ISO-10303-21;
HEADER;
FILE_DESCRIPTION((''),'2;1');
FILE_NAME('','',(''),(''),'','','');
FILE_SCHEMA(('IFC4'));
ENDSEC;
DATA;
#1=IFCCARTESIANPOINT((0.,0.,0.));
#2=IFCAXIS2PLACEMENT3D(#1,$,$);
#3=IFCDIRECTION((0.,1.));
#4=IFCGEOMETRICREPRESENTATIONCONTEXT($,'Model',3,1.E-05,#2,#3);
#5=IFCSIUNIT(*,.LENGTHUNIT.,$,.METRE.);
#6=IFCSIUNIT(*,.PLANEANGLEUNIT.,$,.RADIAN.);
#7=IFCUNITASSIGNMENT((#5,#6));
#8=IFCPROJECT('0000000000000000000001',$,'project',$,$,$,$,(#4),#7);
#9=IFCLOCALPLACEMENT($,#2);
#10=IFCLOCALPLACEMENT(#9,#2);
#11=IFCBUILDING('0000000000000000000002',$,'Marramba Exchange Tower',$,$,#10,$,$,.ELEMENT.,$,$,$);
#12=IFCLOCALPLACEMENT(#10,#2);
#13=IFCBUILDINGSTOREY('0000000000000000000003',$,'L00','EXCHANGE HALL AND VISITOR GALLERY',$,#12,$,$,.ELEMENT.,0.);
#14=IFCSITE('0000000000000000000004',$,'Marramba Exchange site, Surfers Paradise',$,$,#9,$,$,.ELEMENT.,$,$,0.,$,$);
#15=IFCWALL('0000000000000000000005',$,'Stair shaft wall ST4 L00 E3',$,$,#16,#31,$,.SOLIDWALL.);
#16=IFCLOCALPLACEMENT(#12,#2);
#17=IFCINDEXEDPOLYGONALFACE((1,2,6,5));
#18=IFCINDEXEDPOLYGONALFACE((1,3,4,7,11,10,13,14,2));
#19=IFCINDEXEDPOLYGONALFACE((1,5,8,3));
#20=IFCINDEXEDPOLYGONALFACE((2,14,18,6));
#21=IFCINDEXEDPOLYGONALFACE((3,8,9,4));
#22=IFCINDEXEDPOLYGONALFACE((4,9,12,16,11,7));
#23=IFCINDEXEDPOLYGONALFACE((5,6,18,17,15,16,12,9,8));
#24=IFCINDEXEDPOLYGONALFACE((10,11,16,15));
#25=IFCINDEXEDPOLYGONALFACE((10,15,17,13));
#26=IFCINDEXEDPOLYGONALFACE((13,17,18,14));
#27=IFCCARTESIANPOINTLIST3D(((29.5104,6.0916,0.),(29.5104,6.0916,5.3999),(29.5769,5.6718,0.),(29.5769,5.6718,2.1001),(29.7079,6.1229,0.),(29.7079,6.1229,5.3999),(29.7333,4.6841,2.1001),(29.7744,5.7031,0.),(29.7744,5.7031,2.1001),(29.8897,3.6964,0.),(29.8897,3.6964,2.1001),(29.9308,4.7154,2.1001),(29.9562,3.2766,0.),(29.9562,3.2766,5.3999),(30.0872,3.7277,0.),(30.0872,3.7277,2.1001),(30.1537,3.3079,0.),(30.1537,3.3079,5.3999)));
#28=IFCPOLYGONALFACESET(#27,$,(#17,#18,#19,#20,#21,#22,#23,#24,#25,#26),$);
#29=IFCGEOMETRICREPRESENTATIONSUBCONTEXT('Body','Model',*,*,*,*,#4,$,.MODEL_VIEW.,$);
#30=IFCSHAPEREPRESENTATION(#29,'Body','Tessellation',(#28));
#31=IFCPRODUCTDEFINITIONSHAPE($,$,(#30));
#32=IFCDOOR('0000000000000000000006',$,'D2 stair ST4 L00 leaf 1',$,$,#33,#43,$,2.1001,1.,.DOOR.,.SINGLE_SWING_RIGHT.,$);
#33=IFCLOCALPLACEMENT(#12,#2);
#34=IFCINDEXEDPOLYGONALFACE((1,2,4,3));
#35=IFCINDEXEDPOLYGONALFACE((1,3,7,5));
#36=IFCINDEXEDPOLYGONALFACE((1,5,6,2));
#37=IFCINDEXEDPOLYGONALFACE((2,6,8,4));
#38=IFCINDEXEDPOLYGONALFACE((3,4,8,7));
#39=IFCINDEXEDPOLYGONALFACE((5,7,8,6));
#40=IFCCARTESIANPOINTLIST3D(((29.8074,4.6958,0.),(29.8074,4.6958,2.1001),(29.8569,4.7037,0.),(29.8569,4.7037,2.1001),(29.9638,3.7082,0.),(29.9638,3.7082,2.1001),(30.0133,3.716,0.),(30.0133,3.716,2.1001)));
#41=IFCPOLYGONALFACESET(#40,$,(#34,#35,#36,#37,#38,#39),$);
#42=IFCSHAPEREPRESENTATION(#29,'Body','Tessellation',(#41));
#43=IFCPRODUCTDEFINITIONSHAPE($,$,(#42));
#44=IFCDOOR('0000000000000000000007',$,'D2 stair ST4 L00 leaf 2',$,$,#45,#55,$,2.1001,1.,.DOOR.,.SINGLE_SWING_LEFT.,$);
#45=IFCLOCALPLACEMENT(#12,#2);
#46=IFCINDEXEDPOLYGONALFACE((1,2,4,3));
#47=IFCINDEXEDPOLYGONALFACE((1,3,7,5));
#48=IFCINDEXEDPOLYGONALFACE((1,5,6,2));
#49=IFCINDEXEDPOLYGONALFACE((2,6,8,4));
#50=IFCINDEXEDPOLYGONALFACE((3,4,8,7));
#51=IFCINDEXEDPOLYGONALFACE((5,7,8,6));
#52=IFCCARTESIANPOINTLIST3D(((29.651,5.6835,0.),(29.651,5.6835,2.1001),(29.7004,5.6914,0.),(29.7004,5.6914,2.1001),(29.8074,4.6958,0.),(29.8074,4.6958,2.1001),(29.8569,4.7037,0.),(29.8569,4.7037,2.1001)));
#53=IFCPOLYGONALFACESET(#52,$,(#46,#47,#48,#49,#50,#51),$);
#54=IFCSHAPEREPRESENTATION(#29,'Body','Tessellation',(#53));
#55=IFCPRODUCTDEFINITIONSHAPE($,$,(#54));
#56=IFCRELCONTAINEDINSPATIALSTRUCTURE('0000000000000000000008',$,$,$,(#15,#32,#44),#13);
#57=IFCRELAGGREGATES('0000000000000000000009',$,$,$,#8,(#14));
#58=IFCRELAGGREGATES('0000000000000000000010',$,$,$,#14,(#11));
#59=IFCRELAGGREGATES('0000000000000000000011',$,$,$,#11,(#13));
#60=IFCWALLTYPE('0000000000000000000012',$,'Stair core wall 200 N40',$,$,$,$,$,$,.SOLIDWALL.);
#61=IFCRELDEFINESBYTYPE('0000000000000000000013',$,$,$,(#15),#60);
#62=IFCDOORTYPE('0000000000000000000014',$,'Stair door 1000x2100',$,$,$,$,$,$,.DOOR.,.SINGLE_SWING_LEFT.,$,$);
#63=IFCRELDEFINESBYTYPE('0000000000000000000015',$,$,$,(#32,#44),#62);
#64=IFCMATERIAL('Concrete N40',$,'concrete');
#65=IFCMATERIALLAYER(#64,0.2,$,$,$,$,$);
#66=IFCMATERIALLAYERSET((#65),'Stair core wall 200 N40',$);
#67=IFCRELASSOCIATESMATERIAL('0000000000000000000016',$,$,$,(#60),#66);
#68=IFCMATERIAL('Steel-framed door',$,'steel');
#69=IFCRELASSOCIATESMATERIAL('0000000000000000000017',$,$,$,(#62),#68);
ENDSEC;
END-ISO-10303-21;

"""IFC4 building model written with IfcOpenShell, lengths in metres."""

from ifc_helpers import new_model, si_unit, direction, frame, frame_2d, origin, place, context, subcontext, project, spatial, rectangle, extrude, material, layer, layer_set, type_object, element, fill, save


model = new_model("IFC4")

# Units and contexts
model_context = context("Model", 3, precision=1e-05, world=origin(), true_north=direction((0.0, 1.0)))
body_context = subcontext(model_context, "Body", "Model", "MODEL_VIEW")
ifc_project = project(units=[si_unit("LENGTHUNIT", "METRE"), si_unit("PLANEANGLEUNIT", "RADIAN")], contexts=[model_context])

# Site, building, storey
site_placement = place(None, origin())
site = spatial("IfcSite", under=ifc_project, at=site_placement, Name="Marramba Exchange site, Surfers Paradise", CompositionType="ELEMENT", RefElevation=0.0)
building_placement = place(site_placement, origin())
building = spatial("IfcBuilding", under=site, at=building_placement, Name="Marramba Exchange Tower", CompositionType="ELEMENT")
storey_placement = place(building_placement, origin())
storey = spatial("IfcBuildingStorey", under=building, at=storey_placement, Name="L00", Description="EXCHANGE HALL AND VISITOR GALLERY", CompositionType="ELEMENT", Elevation=0.0)

# Shared definitions
ifc_material_1 = material(Name="Concrete N40", Category="concrete")
ifc_layer_1 = layer(ifc_material_1, 0.2)
ifc_layer_set_1 = layer_set([ifc_layer_1], Name="Stair core wall 200 N40")
wall_type_1 = type_object("IfcWallType", Name="Stair core wall 200 N40", PredefinedType="SOLIDWALL", material=ifc_layer_set_1)

# Wall, openings, doors
wall_1_placement = place(storey_placement, frame((30.0549, 3.2922, 0.0), z_axis=(0.0, 0.0, 1.0), x_axis=(-0.15642, 0.987691, 0.0)))
wall_1 = element("IfcWall", 1, at=wall_1_placement, inside=storey, type_object=wall_type_1, Name="Stair shaft wall ST4 L00 E3", PredefinedType="SOLIDWALL", context=body_context, shape_type="SweptSolid", body=[
    extrude(rectangle(XDim=2.8501, YDim=0.2, at=frame_2d((1.425, 0.0))), origin(), (0.0, 0.0, 1.0), 5.3999),
])
opening_1_placement = place(wall_1_placement, frame((0.425, 0.0, 0.0)))
opening_1 = element("IfcOpeningElement", 2, at=opening_1_placement, cuts=wall_1, PredefinedType="OPENING", context=body_context, shape_type="SweptSolid", body=[
    extrude(rectangle(XDim=1.0, YDim=2.1001, at=frame_2d((0.5, 1.05))), frame((0.0, 0.1099, 0.0), z_axis=(0.0, -1.0, 0.0), x_axis=(1.0, 0.0, 0.0)), (0.0, 0.0, 1.0), 0.22),
])
opening_2_placement = place(wall_1_placement, frame((1.425, 0.0, 0.0)))
opening_2 = element("IfcOpeningElement", 3, at=opening_2_placement, cuts=wall_1, PredefinedType="OPENING", context=body_context, shape_type="SweptSolid", body=[
    extrude(rectangle(XDim=1.0, YDim=2.1001, at=frame_2d((0.5, 1.05))), frame((0.0, 0.1099, 0.0), z_axis=(0.0, -1.0, 0.0), x_axis=(1.0, 0.0, 0.0)), (0.0, 0.0, 1.0), 0.22),
])
ifc_material_2 = material(Name="Steel-framed door", Category="steel")
door_type_1 = type_object("IfcDoorType", Name="Stair door 1000x2100", OperationType="SINGLE_SWING_LEFT", PredefinedType="DOOR", material=ifc_material_2)
door_1_placement = place(opening_1_placement, frame((1.0, 0.0, 0.0), z_axis=(0.0, 0.0, 1.0), x_axis=(-1.0, 0.0, 0.0)))
door_1 = element("IfcDoor", 4, at=door_1_placement, inside=storey, type_object=door_type_1, Name="D2 stair ST4 L00 leaf 1", OperationType="SINGLE_SWING_RIGHT", OverallHeight=2.1001, OverallWidth=1.0, PredefinedType="DOOR", context=body_context, shape_type="SweptSolid", body=[
    extrude(rectangle(XDim=1.0, YDim=2.1001, at=frame_2d((0.5, 1.05))), frame((0.0, 0.0251, 0.0), z_axis=(0.0, -1.0, 0.0), x_axis=(1.0, 0.0, 0.0)), (0.0, 0.0, 1.0), 0.05),
])
fill(opening_1, door_1)
door_2_placement = place(opening_2_placement, frame((1.0, 0.0, 0.0), z_axis=(0.0, 0.0, 1.0), x_axis=(-1.0, 0.0, 0.0)))
door_2 = element("IfcDoor", 5, at=door_2_placement, inside=storey, type_object=door_type_1, Name="D2 stair ST4 L00 leaf 2", OperationType="SINGLE_SWING_LEFT", OverallHeight=2.1001, OverallWidth=1.0, PredefinedType="DOOR", context=body_context, shape_type="SweptSolid", body=[
    extrude(rectangle(XDim=1.0, YDim=2.1001, at=frame_2d((0.5, 1.05))), frame((0.0, 0.0251, 0.0), z_axis=(0.0, -1.0, 0.0), x_axis=(1.0, 0.0, 0.0)), (0.0, 0.0, 1.0), 0.05),
])
fill(opening_2, door_2)

save(model, "model.ifc")
